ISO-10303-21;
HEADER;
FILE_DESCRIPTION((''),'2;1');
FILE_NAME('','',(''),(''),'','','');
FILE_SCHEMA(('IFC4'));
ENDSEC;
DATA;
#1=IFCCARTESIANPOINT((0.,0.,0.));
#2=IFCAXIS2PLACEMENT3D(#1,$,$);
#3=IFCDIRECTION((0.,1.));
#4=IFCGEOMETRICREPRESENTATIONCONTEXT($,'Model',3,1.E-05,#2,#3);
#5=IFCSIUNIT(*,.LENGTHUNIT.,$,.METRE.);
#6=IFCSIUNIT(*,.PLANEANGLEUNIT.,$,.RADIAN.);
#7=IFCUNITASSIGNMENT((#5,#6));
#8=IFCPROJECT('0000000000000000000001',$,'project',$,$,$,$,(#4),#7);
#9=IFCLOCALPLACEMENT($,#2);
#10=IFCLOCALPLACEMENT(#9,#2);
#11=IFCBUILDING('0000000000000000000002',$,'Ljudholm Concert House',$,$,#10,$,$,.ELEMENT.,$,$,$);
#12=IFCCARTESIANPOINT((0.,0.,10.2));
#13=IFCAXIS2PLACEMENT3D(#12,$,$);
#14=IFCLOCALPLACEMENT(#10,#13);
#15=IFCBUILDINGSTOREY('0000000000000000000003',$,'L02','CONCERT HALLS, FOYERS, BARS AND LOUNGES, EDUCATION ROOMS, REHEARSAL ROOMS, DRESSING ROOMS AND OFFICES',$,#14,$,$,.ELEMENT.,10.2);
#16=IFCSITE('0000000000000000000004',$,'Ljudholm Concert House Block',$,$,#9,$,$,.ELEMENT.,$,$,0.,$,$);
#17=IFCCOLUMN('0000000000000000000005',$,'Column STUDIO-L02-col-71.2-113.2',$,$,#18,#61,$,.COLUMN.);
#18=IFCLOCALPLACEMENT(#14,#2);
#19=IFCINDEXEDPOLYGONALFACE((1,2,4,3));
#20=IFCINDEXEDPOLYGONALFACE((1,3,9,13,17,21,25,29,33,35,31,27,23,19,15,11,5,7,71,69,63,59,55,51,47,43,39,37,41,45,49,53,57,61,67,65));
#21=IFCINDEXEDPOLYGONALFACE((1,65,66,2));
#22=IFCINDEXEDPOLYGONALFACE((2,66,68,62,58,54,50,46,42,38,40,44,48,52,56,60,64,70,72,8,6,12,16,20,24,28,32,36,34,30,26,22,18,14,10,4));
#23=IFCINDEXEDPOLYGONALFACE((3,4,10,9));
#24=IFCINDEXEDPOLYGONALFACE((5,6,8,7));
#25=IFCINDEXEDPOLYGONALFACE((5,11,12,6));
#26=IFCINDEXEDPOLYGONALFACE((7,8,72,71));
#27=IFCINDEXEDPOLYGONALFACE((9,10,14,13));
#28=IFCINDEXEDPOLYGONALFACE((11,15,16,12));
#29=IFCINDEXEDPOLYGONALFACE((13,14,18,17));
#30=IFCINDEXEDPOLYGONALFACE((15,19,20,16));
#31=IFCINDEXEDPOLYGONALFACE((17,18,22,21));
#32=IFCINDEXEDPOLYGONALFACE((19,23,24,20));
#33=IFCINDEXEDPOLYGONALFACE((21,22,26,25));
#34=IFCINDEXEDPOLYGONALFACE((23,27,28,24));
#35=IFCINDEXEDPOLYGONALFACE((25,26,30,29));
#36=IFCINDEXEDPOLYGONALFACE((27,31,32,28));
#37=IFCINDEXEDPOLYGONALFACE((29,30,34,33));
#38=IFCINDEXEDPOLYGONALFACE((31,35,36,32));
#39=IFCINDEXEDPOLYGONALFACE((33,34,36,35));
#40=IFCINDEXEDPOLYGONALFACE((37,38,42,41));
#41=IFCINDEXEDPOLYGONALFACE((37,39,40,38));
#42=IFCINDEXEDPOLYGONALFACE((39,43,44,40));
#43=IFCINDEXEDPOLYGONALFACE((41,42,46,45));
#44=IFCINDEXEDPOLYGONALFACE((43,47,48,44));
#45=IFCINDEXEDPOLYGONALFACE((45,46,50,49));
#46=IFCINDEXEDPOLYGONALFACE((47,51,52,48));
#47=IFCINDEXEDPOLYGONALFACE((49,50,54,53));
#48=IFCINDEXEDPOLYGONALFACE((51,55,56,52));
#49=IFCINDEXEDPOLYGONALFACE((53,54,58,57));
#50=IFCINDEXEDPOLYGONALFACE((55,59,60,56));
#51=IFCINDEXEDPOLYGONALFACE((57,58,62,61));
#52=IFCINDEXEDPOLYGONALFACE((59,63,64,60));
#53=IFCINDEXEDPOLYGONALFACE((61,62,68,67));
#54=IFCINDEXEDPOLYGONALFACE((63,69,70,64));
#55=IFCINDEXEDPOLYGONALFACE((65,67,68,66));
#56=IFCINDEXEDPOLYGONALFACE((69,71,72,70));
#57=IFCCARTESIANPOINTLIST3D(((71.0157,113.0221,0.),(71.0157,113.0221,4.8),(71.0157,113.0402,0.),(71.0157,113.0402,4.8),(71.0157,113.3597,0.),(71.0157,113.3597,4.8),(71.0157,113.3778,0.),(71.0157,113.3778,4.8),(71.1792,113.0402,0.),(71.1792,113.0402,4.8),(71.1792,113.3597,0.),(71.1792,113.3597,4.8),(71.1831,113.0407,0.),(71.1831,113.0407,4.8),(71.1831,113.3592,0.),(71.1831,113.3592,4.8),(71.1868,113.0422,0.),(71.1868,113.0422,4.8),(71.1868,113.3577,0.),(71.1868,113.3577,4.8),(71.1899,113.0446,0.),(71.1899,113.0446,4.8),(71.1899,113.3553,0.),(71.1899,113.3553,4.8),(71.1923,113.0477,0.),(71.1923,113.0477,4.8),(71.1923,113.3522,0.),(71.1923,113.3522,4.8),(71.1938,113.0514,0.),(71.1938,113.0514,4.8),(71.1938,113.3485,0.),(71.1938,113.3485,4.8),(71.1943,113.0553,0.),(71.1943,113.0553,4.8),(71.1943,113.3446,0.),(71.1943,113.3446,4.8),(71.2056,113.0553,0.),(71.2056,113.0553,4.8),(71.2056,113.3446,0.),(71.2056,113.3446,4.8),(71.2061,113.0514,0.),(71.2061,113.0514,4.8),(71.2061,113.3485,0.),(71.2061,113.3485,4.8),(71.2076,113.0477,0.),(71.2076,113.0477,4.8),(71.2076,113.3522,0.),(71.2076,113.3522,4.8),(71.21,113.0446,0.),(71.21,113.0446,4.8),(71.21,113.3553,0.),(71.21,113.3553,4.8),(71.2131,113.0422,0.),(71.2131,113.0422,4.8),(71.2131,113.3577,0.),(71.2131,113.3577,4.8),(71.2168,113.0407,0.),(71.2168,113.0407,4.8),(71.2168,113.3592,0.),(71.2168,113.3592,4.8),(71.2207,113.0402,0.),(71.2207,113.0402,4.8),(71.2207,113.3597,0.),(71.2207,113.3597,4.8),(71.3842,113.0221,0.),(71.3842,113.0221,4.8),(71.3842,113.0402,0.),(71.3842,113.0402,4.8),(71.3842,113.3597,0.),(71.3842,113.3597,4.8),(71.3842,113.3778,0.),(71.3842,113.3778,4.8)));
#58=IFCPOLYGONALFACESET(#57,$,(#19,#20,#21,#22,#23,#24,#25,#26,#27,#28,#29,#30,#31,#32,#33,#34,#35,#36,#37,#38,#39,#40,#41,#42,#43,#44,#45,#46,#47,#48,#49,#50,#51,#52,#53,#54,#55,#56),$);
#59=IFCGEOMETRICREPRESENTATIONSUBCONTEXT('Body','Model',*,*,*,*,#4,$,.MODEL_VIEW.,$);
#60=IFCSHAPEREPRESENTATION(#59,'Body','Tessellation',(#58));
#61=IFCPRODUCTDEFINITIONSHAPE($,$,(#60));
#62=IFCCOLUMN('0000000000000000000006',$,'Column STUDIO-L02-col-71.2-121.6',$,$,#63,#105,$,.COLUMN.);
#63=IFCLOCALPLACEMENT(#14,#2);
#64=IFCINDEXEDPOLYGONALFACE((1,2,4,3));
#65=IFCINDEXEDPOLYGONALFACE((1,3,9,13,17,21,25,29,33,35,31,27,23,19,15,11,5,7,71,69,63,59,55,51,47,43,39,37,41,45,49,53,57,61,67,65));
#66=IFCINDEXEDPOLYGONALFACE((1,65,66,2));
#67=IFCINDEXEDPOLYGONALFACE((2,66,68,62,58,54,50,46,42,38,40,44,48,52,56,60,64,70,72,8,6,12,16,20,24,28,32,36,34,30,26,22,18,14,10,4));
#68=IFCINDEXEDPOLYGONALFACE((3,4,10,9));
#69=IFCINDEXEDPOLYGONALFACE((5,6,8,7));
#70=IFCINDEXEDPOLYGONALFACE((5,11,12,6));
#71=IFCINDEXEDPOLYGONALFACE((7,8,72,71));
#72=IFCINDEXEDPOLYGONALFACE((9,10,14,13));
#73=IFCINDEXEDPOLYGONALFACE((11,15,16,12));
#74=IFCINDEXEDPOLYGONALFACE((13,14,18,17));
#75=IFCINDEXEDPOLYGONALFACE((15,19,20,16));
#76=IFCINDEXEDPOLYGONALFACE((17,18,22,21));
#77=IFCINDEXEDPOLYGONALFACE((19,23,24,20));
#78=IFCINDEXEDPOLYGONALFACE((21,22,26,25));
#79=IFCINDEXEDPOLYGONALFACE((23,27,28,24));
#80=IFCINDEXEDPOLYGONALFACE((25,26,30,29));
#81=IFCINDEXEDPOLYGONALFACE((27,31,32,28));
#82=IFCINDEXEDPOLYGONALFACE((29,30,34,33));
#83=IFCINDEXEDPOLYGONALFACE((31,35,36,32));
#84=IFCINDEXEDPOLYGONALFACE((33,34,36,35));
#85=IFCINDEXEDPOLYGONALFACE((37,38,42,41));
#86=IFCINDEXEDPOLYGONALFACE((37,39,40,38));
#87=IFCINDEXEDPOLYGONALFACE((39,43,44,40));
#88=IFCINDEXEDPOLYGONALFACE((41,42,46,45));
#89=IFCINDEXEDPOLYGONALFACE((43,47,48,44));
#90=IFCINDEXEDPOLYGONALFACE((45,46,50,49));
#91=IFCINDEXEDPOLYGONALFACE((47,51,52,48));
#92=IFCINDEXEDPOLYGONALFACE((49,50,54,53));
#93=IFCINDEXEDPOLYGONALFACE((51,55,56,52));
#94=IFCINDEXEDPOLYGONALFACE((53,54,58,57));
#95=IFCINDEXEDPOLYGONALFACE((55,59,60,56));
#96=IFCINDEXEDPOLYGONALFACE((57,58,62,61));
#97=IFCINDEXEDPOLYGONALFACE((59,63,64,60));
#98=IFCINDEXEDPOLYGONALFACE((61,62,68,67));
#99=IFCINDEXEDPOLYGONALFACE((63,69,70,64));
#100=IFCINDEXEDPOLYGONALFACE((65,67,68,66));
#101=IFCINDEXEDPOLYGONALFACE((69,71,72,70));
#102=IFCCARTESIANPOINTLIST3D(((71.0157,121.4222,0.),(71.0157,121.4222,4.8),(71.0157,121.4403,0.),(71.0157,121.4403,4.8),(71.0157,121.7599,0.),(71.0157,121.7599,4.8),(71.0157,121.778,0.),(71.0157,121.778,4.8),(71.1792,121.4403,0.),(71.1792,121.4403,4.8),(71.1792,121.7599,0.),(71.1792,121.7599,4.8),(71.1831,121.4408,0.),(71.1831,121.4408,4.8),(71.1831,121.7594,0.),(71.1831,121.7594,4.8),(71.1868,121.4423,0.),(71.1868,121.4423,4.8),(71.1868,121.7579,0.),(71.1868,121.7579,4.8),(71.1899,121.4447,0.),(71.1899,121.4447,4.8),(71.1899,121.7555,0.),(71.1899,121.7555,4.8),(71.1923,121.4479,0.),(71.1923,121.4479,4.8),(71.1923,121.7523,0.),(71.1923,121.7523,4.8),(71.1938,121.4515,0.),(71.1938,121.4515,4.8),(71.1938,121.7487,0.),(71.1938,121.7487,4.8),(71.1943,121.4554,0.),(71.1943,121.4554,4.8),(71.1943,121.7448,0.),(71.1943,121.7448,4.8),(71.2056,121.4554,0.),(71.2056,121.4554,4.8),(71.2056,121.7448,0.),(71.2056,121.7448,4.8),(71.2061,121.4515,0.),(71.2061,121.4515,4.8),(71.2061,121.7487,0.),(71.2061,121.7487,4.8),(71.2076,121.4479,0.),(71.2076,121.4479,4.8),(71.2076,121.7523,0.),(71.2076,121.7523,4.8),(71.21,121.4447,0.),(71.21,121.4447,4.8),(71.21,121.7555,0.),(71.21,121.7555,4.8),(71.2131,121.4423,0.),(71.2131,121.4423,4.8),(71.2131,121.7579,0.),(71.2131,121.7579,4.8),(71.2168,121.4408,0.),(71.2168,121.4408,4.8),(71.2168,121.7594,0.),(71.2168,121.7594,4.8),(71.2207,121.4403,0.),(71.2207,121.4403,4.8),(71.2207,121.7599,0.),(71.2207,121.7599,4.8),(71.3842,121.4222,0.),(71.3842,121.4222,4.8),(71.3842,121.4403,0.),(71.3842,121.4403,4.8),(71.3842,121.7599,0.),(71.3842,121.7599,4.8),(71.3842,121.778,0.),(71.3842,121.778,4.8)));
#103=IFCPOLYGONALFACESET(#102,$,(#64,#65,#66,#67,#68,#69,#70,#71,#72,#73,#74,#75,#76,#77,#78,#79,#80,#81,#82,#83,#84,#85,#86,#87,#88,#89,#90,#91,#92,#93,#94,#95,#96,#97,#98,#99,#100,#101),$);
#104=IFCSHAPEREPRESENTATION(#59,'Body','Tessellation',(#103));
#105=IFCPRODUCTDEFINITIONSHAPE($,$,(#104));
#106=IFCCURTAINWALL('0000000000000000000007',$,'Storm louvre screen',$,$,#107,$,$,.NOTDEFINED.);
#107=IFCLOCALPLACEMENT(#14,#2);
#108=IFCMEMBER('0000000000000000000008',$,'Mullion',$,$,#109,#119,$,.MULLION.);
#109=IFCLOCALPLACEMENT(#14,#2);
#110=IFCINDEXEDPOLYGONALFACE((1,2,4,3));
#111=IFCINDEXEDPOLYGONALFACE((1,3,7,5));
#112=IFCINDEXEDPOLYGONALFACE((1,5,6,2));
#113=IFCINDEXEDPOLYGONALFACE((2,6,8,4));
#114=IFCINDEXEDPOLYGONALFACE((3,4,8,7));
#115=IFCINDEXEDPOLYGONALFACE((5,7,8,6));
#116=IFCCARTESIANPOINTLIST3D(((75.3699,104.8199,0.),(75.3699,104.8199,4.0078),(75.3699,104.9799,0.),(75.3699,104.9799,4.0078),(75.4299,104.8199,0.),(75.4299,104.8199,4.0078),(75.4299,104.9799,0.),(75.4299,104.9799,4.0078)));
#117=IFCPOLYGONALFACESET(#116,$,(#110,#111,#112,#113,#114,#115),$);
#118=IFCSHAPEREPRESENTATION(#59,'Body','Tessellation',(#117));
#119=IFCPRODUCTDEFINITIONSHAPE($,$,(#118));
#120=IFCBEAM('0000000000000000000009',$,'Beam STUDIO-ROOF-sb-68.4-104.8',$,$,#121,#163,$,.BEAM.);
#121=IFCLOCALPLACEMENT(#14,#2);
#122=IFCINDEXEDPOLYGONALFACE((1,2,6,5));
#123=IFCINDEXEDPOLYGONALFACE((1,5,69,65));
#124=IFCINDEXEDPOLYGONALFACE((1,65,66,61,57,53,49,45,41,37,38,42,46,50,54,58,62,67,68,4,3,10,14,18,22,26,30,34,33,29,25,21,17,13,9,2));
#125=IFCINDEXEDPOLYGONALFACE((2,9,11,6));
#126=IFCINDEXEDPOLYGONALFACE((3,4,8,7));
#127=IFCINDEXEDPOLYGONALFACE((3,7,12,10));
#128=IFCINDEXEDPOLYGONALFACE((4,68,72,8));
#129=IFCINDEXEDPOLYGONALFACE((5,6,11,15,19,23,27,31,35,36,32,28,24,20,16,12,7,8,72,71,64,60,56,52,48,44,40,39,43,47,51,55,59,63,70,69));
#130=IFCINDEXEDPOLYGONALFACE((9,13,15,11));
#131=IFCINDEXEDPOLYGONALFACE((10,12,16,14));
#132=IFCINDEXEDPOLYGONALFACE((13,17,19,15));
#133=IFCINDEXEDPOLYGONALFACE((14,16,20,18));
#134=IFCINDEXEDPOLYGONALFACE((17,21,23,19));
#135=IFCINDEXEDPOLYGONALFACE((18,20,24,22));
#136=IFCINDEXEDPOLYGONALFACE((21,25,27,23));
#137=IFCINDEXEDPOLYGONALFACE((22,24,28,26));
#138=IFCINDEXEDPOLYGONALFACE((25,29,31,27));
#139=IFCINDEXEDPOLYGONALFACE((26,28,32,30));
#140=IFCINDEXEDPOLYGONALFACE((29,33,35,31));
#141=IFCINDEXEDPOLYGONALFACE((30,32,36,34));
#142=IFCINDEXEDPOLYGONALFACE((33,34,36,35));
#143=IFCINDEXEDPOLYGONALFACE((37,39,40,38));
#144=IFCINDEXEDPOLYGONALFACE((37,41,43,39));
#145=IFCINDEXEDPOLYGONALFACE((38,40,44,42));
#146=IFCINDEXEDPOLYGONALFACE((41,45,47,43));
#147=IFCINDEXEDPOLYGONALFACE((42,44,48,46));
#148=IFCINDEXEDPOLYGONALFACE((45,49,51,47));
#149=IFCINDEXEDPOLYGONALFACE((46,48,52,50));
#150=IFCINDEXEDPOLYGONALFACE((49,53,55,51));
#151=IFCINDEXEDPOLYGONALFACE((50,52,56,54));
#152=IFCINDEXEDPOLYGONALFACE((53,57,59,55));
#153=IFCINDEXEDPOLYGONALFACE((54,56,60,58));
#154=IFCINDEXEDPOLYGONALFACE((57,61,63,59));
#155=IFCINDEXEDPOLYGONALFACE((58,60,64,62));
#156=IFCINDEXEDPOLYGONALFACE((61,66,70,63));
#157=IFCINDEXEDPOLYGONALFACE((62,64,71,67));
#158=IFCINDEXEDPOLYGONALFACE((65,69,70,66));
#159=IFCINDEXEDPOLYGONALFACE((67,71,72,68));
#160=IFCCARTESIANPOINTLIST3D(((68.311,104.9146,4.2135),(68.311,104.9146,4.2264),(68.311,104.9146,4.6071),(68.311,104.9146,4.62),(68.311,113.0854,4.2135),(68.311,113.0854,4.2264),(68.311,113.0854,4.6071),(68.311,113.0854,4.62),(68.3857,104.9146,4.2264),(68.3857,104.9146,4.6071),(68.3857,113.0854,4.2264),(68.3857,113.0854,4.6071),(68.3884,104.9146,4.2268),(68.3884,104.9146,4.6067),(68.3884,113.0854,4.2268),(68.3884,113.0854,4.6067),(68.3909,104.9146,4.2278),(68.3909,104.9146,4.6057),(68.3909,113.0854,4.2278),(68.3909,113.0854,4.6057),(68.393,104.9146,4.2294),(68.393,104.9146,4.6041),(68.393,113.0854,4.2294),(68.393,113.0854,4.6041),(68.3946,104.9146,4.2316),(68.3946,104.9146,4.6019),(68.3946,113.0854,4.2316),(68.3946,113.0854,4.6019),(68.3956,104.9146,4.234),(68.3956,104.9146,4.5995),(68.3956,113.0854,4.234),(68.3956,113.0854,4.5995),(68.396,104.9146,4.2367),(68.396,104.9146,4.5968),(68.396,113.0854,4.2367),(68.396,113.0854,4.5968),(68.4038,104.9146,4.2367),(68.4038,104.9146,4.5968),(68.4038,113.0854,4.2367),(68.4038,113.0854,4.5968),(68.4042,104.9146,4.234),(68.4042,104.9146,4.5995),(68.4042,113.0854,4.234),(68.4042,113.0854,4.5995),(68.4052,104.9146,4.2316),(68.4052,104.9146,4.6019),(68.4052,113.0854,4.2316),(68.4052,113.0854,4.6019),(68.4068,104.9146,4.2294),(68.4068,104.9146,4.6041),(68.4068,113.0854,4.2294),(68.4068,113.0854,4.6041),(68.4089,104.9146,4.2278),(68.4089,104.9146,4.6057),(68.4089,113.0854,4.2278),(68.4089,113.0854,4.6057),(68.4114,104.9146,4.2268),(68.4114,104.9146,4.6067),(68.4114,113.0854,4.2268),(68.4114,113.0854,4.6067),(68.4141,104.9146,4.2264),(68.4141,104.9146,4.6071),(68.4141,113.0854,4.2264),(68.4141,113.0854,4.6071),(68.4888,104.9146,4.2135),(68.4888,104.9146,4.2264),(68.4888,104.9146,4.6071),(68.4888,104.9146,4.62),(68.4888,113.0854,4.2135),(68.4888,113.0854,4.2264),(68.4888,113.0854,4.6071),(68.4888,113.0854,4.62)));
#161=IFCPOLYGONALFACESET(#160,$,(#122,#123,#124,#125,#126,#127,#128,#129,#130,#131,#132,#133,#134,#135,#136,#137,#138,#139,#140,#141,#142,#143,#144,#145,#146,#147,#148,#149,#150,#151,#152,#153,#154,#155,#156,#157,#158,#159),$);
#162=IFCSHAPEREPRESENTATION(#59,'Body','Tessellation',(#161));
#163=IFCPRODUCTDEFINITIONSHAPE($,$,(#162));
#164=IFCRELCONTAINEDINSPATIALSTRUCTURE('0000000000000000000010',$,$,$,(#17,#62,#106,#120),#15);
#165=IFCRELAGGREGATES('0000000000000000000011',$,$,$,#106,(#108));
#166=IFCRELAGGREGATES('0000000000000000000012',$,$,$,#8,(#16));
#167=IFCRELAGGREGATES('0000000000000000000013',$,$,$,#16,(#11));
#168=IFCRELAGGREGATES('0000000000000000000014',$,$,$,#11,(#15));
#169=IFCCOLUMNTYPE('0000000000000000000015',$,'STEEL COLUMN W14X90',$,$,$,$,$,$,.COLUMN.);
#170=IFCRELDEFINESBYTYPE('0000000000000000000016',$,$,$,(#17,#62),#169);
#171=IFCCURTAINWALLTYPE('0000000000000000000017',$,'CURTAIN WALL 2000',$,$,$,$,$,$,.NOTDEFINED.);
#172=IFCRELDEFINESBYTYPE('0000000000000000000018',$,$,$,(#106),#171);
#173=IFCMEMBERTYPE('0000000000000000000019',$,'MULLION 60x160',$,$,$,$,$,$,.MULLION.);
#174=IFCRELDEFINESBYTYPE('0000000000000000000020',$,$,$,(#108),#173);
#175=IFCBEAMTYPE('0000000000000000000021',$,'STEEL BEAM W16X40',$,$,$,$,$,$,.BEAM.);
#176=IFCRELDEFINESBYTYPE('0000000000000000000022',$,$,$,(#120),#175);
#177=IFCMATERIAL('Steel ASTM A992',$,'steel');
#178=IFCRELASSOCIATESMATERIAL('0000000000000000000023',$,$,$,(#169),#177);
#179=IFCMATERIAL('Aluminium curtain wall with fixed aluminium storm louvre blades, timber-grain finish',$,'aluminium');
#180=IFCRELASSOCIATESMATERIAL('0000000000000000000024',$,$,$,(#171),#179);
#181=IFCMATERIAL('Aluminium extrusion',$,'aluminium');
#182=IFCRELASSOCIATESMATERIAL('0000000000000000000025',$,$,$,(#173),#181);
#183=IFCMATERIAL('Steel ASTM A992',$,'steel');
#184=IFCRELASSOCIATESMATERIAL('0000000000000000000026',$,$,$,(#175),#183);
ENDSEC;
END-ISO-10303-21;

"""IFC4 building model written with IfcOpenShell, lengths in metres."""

from ifc_helpers import new_model, si_unit, direction, frame, origin, origin_2d, place, context, subcontext, project, spatial, rectangle, i_section, extrude, material, material_profile, profile_set, type_object, element, aggregate, save


model = new_model("IFC4")

# Units and contexts
model_context = context("Model", 3, precision=1e-05, world=origin(), true_north=direction((0.0, 1.0)))
body_context = subcontext(model_context, "Body", "Model", "MODEL_VIEW")
ifc_project = project(units=[si_unit("LENGTHUNIT", "METRE"), si_unit("PLANEANGLEUNIT", "RADIAN")], contexts=[model_context])

# Site, building, storey
site_placement = place(None, origin())
site = spatial("IfcSite", under=ifc_project, at=site_placement, Name="Ljudholm Concert House Block", CompositionType="ELEMENT", RefElevation=0.0)
building_placement = place(site_placement, origin())
building = spatial("IfcBuilding", under=site, at=building_placement, Name="Ljudholm Concert House", CompositionType="ELEMENT")
storey_placement = place(building_placement, frame((0.0, 0.0, 10.2)))
storey = spatial("IfcBuildingStorey", under=building, at=storey_placement, Name="L02", Description="CONCERT HALLS, FOYERS, BARS AND LOUNGES, EDUCATION ROOMS, REHEARSAL ROOMS, DRESSING ROOMS AND OFFICES", CompositionType="ELEMENT", Elevation=10.2)

# Columns
ifc_material_1 = material(Name="Steel ASTM A992", Category="steel")
ifc_material_profile_1 = material_profile(ifc_material_1, i_section(OverallWidth=0.3684, OverallDepth=0.3557, WebThickness=0.0112, FlangeThickness=0.0181, FilletRadius=0.0151, at=origin_2d()), Name="W14X90")
ifc_profile_set_1 = profile_set([ifc_material_profile_1], Name="Steel ASTM A992")
column_type = type_object("IfcColumnType", Name="STEEL COLUMN W14X90", PredefinedType="COLUMN", material=ifc_profile_set_1)
for number, where, z_axis, x_axis, name in (
    (1, (71.2, 113.2, 0.0), (0.0, 0.0, 1.0), (1.0, 0.0, 0.0), "Column STUDIO-L02-col-71.2-113.2"),
    (2, (71.2, 121.6001, 0.0), (0.0, 0.0, 1.0), (1.0, 0.0, 0.0), "Column STUDIO-L02-col-71.2-121.6"),
):
    element("IfcColumn", number, at=place(storey_placement, frame(where, z_axis=z_axis, x_axis=x_axis)), inside=storey, type_object=column_type, Name=name, PredefinedType="COLUMN", context=body_context, shape_type="SweptSolid", body=[
        extrude(i_section(OverallWidth=0.3684, OverallDepth=0.3557, WebThickness=0.0112, FlangeThickness=0.0181, FilletRadius=0.0151, at=origin_2d()), origin(), (0.0, 0.0, 1.0), 4.8),
    ])

# Curtain wall, member
ifc_material_2 = material(Name="Aluminium curtain wall with fixed aluminium storm louvre blades, timber-grain finish", Category="aluminium")
curtain_wall_type = type_object("IfcCurtainWallType", Name="CURTAIN WALL 2000", PredefinedType="NOTDEFINED", material=ifc_material_2)
curtain_wall_placement = place(storey_placement, origin())
curtain_wall = element("IfcCurtainWall", 3, at=curtain_wall_placement, inside=storey, type_object=curtain_wall_type, Name="Storm louvre screen", PredefinedType="NOTDEFINED")
ifc_material_3 = material(Name="Aluminium extrusion", Category="aluminium")
ifc_material_profile_2 = material_profile(ifc_material_3, rectangle(XDim=0.1599, YDim=0.0601, at=origin_2d()), Name="MULLION 60x160")
ifc_profile_set_2 = profile_set([ifc_material_profile_2], Name="Aluminium extrusion")
member_type_1 = type_object("IfcMemberType", Name="MULLION 60x160", PredefinedType="MULLION", material=ifc_profile_set_2)
member_1_placement = place(storey_placement, frame((75.3999, 104.8999, 0.0), z_axis=(0.0, 0.0, 1.0), x_axis=(0.0, 1.0, 0.0)))
member_1 = element("IfcMember", 4, at=member_1_placement, type_object=member_type_1, Name="Mullion", PredefinedType="MULLION", context=body_context, shape_type="SweptSolid", body=[
    extrude(rectangle(XDim=0.1599, YDim=0.0601, at=origin_2d()), origin(), (0.0, 0.0, 1.0), 4.0078),
])

# Beam
ifc_material_4 = material(Name="Steel ASTM A992", Category="steel")
ifc_material_profile_3 = material_profile(ifc_material_4, i_section(OverallWidth=0.1777, OverallDepth=0.4065, WebThickness=0.0078, FlangeThickness=0.0129, FilletRadius=0.0103, at=origin_2d()), Name="W16X40")
ifc_profile_set_3 = profile_set([ifc_material_profile_3], Name="Steel ASTM A992")
beam_type_1 = type_object("IfcBeamType", Name="STEEL BEAM W16X40", PredefinedType="BEAM", material=ifc_profile_set_3)
for number, where, z_axis, x_axis, name in (
    (5, (68.3999, 104.9146, 4.4167), (0.0, 1.0, 0.0), (-1.0, 0.0, 0.0), "Beam STUDIO-ROOF-sb-68.4-104.8"),
):
    element("IfcBeam", number, at=place(storey_placement, frame(where, z_axis=z_axis, x_axis=x_axis)), inside=storey, type_object=beam_type_1, Name=name, PredefinedType="BEAM", context=body_context, shape_type="SweptSolid", body=[
        extrude(i_section(OverallWidth=0.1777, OverallDepth=0.4065, WebThickness=0.0078, FlangeThickness=0.0129, FilletRadius=0.0103, at=origin_2d()), origin(), (0.0, 0.0, 1.0), 8.1709),
    ])

aggregate(curtain_wall, [member_1])

save(model, "model.ifc")
